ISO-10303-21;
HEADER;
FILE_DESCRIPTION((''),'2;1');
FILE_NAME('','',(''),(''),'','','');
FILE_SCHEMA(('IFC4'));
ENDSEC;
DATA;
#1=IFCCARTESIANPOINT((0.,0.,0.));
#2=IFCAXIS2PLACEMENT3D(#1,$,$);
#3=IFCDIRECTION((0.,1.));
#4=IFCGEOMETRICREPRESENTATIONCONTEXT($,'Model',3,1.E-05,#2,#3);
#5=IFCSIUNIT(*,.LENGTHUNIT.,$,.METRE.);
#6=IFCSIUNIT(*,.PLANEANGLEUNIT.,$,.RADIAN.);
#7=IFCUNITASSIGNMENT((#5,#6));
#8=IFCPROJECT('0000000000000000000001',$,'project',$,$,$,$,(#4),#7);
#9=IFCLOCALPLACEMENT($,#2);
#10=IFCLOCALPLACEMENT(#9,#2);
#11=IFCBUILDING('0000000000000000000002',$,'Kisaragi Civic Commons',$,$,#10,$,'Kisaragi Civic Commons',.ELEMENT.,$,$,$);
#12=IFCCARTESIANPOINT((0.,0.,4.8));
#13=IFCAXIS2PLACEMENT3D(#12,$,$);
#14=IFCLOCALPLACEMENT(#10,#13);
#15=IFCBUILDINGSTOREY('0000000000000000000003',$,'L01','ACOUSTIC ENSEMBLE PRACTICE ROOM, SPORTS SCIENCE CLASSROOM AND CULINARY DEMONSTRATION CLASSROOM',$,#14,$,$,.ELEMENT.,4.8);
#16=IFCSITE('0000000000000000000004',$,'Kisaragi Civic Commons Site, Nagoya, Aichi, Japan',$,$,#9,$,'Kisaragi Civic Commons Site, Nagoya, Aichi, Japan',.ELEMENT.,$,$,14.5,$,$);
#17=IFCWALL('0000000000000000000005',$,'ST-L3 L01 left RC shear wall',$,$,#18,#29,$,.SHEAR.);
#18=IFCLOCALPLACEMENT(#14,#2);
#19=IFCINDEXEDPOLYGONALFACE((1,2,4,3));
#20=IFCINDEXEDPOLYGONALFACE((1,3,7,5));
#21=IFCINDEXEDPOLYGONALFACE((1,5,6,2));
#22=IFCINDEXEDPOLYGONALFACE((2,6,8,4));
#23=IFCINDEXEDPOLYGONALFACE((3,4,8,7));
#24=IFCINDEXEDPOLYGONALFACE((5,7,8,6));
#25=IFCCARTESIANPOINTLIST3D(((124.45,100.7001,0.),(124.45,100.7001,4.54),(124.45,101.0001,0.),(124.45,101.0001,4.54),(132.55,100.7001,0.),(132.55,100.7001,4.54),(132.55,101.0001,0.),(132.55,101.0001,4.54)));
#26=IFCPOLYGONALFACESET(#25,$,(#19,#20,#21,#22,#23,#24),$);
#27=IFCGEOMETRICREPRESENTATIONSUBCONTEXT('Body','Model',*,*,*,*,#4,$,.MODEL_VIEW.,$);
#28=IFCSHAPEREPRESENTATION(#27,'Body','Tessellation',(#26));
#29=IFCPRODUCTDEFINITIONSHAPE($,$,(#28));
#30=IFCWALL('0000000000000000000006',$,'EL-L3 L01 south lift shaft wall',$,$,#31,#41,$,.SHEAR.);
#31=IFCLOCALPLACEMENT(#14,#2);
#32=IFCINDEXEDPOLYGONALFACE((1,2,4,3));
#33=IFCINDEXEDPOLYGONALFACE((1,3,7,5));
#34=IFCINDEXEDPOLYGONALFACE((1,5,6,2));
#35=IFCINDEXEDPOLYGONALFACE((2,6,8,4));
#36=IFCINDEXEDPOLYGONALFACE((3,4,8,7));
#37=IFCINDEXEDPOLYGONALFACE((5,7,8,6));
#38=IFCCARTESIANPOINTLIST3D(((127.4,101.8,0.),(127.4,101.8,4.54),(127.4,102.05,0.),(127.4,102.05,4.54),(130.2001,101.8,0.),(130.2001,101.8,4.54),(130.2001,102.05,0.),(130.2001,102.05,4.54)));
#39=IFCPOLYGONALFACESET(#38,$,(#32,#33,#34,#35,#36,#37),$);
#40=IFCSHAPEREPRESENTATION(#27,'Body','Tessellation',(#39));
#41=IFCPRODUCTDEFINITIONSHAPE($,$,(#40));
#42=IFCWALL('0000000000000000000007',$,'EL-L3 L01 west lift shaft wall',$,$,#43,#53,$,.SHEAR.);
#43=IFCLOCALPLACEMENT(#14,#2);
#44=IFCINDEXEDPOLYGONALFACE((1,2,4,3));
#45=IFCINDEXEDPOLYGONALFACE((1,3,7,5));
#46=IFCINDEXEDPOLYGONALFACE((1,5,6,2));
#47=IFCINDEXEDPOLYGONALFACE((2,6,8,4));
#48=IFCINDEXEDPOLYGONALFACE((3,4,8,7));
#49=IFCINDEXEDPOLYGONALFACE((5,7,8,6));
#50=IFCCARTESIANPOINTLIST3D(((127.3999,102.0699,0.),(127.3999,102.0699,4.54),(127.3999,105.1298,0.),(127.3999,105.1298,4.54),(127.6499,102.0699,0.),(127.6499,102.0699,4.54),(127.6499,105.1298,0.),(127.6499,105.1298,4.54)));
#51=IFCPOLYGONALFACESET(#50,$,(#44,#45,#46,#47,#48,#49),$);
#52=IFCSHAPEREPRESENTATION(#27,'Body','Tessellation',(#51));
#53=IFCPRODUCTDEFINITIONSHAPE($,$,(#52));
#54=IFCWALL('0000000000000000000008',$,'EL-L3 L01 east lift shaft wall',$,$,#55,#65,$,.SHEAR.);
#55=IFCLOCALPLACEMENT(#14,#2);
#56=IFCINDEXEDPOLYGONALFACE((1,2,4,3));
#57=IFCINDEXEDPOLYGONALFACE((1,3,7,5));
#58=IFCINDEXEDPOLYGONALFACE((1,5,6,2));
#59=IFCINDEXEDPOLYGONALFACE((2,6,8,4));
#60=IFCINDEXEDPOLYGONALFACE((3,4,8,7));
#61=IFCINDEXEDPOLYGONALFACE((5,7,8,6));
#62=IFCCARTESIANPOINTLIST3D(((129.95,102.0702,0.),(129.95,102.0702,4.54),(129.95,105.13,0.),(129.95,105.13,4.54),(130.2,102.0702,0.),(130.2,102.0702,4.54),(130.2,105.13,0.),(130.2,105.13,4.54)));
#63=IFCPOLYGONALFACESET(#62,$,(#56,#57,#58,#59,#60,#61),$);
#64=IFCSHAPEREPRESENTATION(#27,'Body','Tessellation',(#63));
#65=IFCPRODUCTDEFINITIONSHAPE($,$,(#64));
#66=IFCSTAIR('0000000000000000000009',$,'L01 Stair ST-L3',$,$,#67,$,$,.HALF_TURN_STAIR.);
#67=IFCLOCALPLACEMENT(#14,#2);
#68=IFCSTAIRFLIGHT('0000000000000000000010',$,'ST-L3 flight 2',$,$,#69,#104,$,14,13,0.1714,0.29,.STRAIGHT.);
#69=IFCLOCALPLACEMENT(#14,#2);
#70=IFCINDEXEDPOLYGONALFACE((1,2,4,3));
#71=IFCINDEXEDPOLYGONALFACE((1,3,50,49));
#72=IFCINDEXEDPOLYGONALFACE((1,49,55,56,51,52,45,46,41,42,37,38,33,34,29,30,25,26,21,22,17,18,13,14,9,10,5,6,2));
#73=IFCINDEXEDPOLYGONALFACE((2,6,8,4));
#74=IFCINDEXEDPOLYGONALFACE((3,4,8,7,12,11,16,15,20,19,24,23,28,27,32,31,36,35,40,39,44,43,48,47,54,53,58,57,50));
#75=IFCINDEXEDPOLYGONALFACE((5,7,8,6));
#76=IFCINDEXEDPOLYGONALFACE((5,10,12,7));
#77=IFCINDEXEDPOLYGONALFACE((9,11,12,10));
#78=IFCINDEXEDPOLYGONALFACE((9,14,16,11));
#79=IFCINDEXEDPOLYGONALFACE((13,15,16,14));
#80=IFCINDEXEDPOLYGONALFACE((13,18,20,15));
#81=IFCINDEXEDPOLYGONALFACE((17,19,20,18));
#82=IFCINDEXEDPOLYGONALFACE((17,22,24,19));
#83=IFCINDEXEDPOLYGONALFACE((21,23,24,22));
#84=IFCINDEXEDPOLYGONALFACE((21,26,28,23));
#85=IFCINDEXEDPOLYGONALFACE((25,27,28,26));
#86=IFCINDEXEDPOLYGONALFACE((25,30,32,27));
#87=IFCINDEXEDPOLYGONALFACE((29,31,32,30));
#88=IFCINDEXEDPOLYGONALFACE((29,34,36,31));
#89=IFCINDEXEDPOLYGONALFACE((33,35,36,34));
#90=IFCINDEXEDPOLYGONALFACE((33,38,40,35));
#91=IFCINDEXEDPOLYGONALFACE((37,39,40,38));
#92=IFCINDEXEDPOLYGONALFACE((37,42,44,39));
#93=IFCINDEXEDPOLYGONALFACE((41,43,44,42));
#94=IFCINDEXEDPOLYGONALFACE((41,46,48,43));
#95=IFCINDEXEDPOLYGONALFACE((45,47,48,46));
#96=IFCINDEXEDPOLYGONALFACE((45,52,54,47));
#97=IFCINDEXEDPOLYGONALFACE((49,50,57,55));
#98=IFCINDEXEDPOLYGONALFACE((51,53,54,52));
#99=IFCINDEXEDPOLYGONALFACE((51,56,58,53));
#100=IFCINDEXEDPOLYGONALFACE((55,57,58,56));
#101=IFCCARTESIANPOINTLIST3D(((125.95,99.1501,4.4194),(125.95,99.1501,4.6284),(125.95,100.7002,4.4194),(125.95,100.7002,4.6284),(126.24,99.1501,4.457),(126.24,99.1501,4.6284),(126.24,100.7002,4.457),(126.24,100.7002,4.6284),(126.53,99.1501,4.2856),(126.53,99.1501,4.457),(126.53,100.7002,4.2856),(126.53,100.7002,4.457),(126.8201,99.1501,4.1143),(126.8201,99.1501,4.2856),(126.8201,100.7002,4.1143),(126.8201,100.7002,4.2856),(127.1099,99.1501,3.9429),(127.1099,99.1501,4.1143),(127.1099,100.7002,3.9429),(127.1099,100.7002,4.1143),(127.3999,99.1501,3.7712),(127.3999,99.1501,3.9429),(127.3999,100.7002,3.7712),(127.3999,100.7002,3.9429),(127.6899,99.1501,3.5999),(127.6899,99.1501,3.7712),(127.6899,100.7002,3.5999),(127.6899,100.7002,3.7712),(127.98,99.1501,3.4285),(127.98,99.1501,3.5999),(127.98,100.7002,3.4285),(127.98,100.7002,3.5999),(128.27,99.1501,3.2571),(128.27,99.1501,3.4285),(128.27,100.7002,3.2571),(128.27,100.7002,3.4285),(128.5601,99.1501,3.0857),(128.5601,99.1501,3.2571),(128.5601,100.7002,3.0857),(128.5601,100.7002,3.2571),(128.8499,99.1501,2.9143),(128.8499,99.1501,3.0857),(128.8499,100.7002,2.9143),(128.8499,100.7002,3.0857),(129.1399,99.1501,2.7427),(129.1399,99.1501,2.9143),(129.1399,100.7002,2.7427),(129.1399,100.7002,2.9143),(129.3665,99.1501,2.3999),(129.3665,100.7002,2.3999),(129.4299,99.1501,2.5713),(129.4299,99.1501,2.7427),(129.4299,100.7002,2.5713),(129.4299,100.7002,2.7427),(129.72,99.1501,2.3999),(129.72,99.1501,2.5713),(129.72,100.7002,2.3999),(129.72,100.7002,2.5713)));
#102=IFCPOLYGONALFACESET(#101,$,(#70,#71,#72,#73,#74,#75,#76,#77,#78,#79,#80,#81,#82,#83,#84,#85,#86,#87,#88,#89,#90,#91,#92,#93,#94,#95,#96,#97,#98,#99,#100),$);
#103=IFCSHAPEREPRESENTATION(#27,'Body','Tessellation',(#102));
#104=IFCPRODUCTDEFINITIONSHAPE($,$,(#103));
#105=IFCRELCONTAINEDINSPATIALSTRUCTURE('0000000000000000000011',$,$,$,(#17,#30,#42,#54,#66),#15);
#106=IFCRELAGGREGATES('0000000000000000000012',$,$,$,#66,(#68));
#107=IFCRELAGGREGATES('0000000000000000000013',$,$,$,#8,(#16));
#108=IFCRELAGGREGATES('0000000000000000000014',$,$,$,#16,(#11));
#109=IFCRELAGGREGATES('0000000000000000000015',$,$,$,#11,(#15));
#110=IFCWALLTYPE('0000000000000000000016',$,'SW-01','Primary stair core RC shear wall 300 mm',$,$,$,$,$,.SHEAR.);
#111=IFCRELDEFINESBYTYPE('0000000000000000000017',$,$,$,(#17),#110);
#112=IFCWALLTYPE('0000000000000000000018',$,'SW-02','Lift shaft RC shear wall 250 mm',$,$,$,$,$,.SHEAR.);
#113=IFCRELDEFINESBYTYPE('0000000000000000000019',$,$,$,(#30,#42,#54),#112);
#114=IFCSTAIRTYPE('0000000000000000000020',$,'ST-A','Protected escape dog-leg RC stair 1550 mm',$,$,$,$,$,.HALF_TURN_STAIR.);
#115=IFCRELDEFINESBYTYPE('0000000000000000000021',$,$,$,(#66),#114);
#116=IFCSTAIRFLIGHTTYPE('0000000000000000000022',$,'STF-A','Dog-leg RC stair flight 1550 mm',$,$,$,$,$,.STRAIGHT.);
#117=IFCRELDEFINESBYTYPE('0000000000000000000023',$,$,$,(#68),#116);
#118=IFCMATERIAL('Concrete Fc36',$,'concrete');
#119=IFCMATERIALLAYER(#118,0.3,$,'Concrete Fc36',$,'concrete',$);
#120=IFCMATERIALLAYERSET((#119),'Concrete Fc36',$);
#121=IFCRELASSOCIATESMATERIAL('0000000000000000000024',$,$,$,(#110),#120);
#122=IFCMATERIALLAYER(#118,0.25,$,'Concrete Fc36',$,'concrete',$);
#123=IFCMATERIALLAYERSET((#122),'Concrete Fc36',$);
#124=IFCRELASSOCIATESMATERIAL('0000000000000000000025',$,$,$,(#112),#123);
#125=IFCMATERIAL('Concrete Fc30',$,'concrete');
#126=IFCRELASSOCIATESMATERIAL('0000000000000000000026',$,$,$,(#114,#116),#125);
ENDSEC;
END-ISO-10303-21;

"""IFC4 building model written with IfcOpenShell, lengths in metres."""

from ifc_helpers import new_model, si_unit, direction, frame, frame_2d, origin, place, context, subcontext, project, spatial, polyline, rectangle, outline, extrude, material, layer, layer_set, type_object, element, aggregate, save


model = new_model("IFC4")

# Units and contexts
model_context = context("Model", 3, precision=1e-05, world=origin(), true_north=direction((0.0, 1.0)))
body_context = subcontext(model_context, "Body", "Model", "MODEL_VIEW")
ifc_project = project(units=[si_unit("LENGTHUNIT", "METRE"), si_unit("PLANEANGLEUNIT", "RADIAN")], contexts=[model_context])

# Site, building, storey
site_placement = place(None, origin())
site = spatial("IfcSite", under=ifc_project, at=site_placement, Name="Kisaragi Civic Commons Site, Nagoya, Aichi, Japan", LongName="Kisaragi Civic Commons Site, Nagoya, Aichi, Japan", CompositionType="ELEMENT", RefElevation=14.5)
building_placement = place(site_placement, origin())
building = spatial("IfcBuilding", under=site, at=building_placement, Name="Kisaragi Civic Commons", LongName="Kisaragi Civic Commons", CompositionType="ELEMENT")
storey_placement = place(building_placement, frame((0.0, 0.0, 4.8)))
storey = spatial("IfcBuildingStorey", under=building, at=storey_placement, Name="L01", Description="ACOUSTIC ENSEMBLE PRACTICE ROOM, SPORTS SCIENCE CLASSROOM AND CULINARY DEMONSTRATION CLASSROOM", CompositionType="ELEMENT", Elevation=4.8)

# Shared definitions
ifc_material_1 = material(Name="Concrete Fc36", Category="concrete")

# Walls
ifc_layer_1 = layer(ifc_material_1, 0.3, Name="Concrete Fc36", Category="concrete")
ifc_layer_set_1 = layer_set([ifc_layer_1], Name="Concrete Fc36")
wall_type_1 = type_object("IfcWallType", Name="SW-01", Description="Primary stair core RC shear wall 300 mm", PredefinedType="SHEAR", material=ifc_layer_set_1)
wall_1_placement = place(storey_placement, frame((132.55, 100.8501, 0.0), z_axis=(0.0, 0.0, 1.0), x_axis=(-1.0, 0.0, 0.0)))
element("IfcWall", 1, at=wall_1_placement, inside=storey, type_object=wall_type_1, Name="ST-L3 L01 left RC shear wall", PredefinedType="SHEAR", context=body_context, shape_type="SweptSolid", body=[
    extrude(rectangle(XDim=8.1001, YDim=0.3, at=frame_2d((4.05, 0.0))), origin(), (0.0, 0.0, 1.0), 4.54),
])
ifc_layer_2 = layer(ifc_material_1, 0.25, Name="Concrete Fc36", Category="concrete")
ifc_layer_set_2 = layer_set([ifc_layer_2], Name="Concrete Fc36")
wall_type_2 = type_object("IfcWallType", Name="SW-02", Description="Lift shaft RC shear wall 250 mm", PredefinedType="SHEAR", material=ifc_layer_set_2)
wall_2_placement = place(storey_placement, frame((130.2, 101.925, 0.0), z_axis=(0.0, 0.0, 1.0), x_axis=(-1.0, 0.0, 0.0)))
element("IfcWall", 2, at=wall_2_placement, inside=storey, type_object=wall_type_2, Name="EL-L3 L01 south lift shaft wall", PredefinedType="SHEAR", context=body_context, shape_type="SweptSolid", body=[
    extrude(rectangle(XDim=2.8, YDim=0.25, at=frame_2d((1.3999, 0.0))), origin(), (0.0, 0.0, 1.0), 4.54),
])
wall_3_placement = place(storey_placement, frame((127.5249, 102.0701, 0.0), z_axis=(0.0, 0.0, 1.0), x_axis=(0.0, 1.0, 0.0)))
element("IfcWall", 3, at=wall_3_placement, inside=storey, type_object=wall_type_2, Name="EL-L3 L01 west lift shaft wall", PredefinedType="SHEAR", context=body_context, shape_type="SweptSolid", body=[
    extrude(rectangle(XDim=3.0598, YDim=0.25, at=frame_2d((1.5298, 0.0))), origin(), (0.0, 0.0, 1.0), 4.54),
])

# Wall
wall_4_placement = place(storey_placement, frame((130.075, 105.1299, 0.0), z_axis=(0.0, 0.0, 1.0), x_axis=(0.0, -1.0, 0.0)))
element("IfcWall", 4, at=wall_4_placement, inside=storey, type_object=wall_type_2, Name="EL-L3 L01 east lift shaft wall", PredefinedType="SHEAR", context=body_context, shape_type="SweptSolid", body=[
    extrude(rectangle(XDim=3.0598, YDim=0.25, at=frame_2d((1.5298, 0.0))), origin(), (0.0, 0.0, 1.0), 4.54),
])

# Stair, stair flight
ifc_material_2 = material(Name="Concrete Fc30", Category="concrete")
stair_type = type_object("IfcStairType", Name="ST-A", Description="Protected escape dog-leg RC stair 1550 mm", PredefinedType="HALF_TURN_STAIR", material=ifc_material_2)
stair_placement = place(storey_placement, origin())
stair = element("IfcStair", 5, at=stair_placement, inside=storey, type_object=stair_type, Name="L01 Stair ST-L3", PredefinedType="HALF_TURN_STAIR")
stair_flight_type = type_object("IfcStairFlightType", Name="STF-A", Description="Dog-leg RC stair flight 1550 mm", PredefinedType="STRAIGHT", material=ifc_material_2)
stair_flight_placement = place(storey_placement, frame((129.72, 99.925, 2.3999), z_axis=(0.0, 0.0, 1.0), x_axis=(-1.0, 0.0, 0.0)))
stair_flight = element("IfcStairFlight", 6, at=stair_flight_placement, type_object=stair_flight_type, Name="ST-L3 flight 2", NumberOfRisers=14, NumberOfTreads=13, PredefinedType="STRAIGHT", RiserHeight=0.1714, TreadLength=0.29, context=body_context, shape_type="SweptSolid", body=[
    extrude(outline(polyline([(0.0, 0.0), (0.0, 0.1714), (0.29, 0.1714), (0.29, 0.3428), (0.5801, 0.3428), (0.5801, 0.5144), (0.8701, 0.5144), (0.8701, 0.6858), (1.1599, 0.6858), (1.1599, 0.8572), (1.45, 0.8572), (1.45, 1.0286), (1.74, 1.0286), (1.74, 1.2), (2.03, 1.2), (2.03, 1.3713), (2.3201, 1.3713), (2.3201, 1.543), (2.6101, 1.543), (2.6101, 1.7144), (2.8999, 1.7144), (2.8999, 1.8857), (3.1899, 1.8857), (3.1899, 2.0571), (3.48, 2.0571), (3.48, 2.2285), (3.77, 2.2285), (3.77, 2.3999), (3.77, 2.0195), (0.3535, 0.0), (0.0, 0.0)])), frame((0.0, 0.7749, 0.0), z_axis=(0.0, -1.0, 0.0), x_axis=(1.0, 0.0, 0.0)), (0.0, 0.0, 1.0), 1.55),
])
aggregate(stair, [stair_flight])

save(model, "model.ifc")
